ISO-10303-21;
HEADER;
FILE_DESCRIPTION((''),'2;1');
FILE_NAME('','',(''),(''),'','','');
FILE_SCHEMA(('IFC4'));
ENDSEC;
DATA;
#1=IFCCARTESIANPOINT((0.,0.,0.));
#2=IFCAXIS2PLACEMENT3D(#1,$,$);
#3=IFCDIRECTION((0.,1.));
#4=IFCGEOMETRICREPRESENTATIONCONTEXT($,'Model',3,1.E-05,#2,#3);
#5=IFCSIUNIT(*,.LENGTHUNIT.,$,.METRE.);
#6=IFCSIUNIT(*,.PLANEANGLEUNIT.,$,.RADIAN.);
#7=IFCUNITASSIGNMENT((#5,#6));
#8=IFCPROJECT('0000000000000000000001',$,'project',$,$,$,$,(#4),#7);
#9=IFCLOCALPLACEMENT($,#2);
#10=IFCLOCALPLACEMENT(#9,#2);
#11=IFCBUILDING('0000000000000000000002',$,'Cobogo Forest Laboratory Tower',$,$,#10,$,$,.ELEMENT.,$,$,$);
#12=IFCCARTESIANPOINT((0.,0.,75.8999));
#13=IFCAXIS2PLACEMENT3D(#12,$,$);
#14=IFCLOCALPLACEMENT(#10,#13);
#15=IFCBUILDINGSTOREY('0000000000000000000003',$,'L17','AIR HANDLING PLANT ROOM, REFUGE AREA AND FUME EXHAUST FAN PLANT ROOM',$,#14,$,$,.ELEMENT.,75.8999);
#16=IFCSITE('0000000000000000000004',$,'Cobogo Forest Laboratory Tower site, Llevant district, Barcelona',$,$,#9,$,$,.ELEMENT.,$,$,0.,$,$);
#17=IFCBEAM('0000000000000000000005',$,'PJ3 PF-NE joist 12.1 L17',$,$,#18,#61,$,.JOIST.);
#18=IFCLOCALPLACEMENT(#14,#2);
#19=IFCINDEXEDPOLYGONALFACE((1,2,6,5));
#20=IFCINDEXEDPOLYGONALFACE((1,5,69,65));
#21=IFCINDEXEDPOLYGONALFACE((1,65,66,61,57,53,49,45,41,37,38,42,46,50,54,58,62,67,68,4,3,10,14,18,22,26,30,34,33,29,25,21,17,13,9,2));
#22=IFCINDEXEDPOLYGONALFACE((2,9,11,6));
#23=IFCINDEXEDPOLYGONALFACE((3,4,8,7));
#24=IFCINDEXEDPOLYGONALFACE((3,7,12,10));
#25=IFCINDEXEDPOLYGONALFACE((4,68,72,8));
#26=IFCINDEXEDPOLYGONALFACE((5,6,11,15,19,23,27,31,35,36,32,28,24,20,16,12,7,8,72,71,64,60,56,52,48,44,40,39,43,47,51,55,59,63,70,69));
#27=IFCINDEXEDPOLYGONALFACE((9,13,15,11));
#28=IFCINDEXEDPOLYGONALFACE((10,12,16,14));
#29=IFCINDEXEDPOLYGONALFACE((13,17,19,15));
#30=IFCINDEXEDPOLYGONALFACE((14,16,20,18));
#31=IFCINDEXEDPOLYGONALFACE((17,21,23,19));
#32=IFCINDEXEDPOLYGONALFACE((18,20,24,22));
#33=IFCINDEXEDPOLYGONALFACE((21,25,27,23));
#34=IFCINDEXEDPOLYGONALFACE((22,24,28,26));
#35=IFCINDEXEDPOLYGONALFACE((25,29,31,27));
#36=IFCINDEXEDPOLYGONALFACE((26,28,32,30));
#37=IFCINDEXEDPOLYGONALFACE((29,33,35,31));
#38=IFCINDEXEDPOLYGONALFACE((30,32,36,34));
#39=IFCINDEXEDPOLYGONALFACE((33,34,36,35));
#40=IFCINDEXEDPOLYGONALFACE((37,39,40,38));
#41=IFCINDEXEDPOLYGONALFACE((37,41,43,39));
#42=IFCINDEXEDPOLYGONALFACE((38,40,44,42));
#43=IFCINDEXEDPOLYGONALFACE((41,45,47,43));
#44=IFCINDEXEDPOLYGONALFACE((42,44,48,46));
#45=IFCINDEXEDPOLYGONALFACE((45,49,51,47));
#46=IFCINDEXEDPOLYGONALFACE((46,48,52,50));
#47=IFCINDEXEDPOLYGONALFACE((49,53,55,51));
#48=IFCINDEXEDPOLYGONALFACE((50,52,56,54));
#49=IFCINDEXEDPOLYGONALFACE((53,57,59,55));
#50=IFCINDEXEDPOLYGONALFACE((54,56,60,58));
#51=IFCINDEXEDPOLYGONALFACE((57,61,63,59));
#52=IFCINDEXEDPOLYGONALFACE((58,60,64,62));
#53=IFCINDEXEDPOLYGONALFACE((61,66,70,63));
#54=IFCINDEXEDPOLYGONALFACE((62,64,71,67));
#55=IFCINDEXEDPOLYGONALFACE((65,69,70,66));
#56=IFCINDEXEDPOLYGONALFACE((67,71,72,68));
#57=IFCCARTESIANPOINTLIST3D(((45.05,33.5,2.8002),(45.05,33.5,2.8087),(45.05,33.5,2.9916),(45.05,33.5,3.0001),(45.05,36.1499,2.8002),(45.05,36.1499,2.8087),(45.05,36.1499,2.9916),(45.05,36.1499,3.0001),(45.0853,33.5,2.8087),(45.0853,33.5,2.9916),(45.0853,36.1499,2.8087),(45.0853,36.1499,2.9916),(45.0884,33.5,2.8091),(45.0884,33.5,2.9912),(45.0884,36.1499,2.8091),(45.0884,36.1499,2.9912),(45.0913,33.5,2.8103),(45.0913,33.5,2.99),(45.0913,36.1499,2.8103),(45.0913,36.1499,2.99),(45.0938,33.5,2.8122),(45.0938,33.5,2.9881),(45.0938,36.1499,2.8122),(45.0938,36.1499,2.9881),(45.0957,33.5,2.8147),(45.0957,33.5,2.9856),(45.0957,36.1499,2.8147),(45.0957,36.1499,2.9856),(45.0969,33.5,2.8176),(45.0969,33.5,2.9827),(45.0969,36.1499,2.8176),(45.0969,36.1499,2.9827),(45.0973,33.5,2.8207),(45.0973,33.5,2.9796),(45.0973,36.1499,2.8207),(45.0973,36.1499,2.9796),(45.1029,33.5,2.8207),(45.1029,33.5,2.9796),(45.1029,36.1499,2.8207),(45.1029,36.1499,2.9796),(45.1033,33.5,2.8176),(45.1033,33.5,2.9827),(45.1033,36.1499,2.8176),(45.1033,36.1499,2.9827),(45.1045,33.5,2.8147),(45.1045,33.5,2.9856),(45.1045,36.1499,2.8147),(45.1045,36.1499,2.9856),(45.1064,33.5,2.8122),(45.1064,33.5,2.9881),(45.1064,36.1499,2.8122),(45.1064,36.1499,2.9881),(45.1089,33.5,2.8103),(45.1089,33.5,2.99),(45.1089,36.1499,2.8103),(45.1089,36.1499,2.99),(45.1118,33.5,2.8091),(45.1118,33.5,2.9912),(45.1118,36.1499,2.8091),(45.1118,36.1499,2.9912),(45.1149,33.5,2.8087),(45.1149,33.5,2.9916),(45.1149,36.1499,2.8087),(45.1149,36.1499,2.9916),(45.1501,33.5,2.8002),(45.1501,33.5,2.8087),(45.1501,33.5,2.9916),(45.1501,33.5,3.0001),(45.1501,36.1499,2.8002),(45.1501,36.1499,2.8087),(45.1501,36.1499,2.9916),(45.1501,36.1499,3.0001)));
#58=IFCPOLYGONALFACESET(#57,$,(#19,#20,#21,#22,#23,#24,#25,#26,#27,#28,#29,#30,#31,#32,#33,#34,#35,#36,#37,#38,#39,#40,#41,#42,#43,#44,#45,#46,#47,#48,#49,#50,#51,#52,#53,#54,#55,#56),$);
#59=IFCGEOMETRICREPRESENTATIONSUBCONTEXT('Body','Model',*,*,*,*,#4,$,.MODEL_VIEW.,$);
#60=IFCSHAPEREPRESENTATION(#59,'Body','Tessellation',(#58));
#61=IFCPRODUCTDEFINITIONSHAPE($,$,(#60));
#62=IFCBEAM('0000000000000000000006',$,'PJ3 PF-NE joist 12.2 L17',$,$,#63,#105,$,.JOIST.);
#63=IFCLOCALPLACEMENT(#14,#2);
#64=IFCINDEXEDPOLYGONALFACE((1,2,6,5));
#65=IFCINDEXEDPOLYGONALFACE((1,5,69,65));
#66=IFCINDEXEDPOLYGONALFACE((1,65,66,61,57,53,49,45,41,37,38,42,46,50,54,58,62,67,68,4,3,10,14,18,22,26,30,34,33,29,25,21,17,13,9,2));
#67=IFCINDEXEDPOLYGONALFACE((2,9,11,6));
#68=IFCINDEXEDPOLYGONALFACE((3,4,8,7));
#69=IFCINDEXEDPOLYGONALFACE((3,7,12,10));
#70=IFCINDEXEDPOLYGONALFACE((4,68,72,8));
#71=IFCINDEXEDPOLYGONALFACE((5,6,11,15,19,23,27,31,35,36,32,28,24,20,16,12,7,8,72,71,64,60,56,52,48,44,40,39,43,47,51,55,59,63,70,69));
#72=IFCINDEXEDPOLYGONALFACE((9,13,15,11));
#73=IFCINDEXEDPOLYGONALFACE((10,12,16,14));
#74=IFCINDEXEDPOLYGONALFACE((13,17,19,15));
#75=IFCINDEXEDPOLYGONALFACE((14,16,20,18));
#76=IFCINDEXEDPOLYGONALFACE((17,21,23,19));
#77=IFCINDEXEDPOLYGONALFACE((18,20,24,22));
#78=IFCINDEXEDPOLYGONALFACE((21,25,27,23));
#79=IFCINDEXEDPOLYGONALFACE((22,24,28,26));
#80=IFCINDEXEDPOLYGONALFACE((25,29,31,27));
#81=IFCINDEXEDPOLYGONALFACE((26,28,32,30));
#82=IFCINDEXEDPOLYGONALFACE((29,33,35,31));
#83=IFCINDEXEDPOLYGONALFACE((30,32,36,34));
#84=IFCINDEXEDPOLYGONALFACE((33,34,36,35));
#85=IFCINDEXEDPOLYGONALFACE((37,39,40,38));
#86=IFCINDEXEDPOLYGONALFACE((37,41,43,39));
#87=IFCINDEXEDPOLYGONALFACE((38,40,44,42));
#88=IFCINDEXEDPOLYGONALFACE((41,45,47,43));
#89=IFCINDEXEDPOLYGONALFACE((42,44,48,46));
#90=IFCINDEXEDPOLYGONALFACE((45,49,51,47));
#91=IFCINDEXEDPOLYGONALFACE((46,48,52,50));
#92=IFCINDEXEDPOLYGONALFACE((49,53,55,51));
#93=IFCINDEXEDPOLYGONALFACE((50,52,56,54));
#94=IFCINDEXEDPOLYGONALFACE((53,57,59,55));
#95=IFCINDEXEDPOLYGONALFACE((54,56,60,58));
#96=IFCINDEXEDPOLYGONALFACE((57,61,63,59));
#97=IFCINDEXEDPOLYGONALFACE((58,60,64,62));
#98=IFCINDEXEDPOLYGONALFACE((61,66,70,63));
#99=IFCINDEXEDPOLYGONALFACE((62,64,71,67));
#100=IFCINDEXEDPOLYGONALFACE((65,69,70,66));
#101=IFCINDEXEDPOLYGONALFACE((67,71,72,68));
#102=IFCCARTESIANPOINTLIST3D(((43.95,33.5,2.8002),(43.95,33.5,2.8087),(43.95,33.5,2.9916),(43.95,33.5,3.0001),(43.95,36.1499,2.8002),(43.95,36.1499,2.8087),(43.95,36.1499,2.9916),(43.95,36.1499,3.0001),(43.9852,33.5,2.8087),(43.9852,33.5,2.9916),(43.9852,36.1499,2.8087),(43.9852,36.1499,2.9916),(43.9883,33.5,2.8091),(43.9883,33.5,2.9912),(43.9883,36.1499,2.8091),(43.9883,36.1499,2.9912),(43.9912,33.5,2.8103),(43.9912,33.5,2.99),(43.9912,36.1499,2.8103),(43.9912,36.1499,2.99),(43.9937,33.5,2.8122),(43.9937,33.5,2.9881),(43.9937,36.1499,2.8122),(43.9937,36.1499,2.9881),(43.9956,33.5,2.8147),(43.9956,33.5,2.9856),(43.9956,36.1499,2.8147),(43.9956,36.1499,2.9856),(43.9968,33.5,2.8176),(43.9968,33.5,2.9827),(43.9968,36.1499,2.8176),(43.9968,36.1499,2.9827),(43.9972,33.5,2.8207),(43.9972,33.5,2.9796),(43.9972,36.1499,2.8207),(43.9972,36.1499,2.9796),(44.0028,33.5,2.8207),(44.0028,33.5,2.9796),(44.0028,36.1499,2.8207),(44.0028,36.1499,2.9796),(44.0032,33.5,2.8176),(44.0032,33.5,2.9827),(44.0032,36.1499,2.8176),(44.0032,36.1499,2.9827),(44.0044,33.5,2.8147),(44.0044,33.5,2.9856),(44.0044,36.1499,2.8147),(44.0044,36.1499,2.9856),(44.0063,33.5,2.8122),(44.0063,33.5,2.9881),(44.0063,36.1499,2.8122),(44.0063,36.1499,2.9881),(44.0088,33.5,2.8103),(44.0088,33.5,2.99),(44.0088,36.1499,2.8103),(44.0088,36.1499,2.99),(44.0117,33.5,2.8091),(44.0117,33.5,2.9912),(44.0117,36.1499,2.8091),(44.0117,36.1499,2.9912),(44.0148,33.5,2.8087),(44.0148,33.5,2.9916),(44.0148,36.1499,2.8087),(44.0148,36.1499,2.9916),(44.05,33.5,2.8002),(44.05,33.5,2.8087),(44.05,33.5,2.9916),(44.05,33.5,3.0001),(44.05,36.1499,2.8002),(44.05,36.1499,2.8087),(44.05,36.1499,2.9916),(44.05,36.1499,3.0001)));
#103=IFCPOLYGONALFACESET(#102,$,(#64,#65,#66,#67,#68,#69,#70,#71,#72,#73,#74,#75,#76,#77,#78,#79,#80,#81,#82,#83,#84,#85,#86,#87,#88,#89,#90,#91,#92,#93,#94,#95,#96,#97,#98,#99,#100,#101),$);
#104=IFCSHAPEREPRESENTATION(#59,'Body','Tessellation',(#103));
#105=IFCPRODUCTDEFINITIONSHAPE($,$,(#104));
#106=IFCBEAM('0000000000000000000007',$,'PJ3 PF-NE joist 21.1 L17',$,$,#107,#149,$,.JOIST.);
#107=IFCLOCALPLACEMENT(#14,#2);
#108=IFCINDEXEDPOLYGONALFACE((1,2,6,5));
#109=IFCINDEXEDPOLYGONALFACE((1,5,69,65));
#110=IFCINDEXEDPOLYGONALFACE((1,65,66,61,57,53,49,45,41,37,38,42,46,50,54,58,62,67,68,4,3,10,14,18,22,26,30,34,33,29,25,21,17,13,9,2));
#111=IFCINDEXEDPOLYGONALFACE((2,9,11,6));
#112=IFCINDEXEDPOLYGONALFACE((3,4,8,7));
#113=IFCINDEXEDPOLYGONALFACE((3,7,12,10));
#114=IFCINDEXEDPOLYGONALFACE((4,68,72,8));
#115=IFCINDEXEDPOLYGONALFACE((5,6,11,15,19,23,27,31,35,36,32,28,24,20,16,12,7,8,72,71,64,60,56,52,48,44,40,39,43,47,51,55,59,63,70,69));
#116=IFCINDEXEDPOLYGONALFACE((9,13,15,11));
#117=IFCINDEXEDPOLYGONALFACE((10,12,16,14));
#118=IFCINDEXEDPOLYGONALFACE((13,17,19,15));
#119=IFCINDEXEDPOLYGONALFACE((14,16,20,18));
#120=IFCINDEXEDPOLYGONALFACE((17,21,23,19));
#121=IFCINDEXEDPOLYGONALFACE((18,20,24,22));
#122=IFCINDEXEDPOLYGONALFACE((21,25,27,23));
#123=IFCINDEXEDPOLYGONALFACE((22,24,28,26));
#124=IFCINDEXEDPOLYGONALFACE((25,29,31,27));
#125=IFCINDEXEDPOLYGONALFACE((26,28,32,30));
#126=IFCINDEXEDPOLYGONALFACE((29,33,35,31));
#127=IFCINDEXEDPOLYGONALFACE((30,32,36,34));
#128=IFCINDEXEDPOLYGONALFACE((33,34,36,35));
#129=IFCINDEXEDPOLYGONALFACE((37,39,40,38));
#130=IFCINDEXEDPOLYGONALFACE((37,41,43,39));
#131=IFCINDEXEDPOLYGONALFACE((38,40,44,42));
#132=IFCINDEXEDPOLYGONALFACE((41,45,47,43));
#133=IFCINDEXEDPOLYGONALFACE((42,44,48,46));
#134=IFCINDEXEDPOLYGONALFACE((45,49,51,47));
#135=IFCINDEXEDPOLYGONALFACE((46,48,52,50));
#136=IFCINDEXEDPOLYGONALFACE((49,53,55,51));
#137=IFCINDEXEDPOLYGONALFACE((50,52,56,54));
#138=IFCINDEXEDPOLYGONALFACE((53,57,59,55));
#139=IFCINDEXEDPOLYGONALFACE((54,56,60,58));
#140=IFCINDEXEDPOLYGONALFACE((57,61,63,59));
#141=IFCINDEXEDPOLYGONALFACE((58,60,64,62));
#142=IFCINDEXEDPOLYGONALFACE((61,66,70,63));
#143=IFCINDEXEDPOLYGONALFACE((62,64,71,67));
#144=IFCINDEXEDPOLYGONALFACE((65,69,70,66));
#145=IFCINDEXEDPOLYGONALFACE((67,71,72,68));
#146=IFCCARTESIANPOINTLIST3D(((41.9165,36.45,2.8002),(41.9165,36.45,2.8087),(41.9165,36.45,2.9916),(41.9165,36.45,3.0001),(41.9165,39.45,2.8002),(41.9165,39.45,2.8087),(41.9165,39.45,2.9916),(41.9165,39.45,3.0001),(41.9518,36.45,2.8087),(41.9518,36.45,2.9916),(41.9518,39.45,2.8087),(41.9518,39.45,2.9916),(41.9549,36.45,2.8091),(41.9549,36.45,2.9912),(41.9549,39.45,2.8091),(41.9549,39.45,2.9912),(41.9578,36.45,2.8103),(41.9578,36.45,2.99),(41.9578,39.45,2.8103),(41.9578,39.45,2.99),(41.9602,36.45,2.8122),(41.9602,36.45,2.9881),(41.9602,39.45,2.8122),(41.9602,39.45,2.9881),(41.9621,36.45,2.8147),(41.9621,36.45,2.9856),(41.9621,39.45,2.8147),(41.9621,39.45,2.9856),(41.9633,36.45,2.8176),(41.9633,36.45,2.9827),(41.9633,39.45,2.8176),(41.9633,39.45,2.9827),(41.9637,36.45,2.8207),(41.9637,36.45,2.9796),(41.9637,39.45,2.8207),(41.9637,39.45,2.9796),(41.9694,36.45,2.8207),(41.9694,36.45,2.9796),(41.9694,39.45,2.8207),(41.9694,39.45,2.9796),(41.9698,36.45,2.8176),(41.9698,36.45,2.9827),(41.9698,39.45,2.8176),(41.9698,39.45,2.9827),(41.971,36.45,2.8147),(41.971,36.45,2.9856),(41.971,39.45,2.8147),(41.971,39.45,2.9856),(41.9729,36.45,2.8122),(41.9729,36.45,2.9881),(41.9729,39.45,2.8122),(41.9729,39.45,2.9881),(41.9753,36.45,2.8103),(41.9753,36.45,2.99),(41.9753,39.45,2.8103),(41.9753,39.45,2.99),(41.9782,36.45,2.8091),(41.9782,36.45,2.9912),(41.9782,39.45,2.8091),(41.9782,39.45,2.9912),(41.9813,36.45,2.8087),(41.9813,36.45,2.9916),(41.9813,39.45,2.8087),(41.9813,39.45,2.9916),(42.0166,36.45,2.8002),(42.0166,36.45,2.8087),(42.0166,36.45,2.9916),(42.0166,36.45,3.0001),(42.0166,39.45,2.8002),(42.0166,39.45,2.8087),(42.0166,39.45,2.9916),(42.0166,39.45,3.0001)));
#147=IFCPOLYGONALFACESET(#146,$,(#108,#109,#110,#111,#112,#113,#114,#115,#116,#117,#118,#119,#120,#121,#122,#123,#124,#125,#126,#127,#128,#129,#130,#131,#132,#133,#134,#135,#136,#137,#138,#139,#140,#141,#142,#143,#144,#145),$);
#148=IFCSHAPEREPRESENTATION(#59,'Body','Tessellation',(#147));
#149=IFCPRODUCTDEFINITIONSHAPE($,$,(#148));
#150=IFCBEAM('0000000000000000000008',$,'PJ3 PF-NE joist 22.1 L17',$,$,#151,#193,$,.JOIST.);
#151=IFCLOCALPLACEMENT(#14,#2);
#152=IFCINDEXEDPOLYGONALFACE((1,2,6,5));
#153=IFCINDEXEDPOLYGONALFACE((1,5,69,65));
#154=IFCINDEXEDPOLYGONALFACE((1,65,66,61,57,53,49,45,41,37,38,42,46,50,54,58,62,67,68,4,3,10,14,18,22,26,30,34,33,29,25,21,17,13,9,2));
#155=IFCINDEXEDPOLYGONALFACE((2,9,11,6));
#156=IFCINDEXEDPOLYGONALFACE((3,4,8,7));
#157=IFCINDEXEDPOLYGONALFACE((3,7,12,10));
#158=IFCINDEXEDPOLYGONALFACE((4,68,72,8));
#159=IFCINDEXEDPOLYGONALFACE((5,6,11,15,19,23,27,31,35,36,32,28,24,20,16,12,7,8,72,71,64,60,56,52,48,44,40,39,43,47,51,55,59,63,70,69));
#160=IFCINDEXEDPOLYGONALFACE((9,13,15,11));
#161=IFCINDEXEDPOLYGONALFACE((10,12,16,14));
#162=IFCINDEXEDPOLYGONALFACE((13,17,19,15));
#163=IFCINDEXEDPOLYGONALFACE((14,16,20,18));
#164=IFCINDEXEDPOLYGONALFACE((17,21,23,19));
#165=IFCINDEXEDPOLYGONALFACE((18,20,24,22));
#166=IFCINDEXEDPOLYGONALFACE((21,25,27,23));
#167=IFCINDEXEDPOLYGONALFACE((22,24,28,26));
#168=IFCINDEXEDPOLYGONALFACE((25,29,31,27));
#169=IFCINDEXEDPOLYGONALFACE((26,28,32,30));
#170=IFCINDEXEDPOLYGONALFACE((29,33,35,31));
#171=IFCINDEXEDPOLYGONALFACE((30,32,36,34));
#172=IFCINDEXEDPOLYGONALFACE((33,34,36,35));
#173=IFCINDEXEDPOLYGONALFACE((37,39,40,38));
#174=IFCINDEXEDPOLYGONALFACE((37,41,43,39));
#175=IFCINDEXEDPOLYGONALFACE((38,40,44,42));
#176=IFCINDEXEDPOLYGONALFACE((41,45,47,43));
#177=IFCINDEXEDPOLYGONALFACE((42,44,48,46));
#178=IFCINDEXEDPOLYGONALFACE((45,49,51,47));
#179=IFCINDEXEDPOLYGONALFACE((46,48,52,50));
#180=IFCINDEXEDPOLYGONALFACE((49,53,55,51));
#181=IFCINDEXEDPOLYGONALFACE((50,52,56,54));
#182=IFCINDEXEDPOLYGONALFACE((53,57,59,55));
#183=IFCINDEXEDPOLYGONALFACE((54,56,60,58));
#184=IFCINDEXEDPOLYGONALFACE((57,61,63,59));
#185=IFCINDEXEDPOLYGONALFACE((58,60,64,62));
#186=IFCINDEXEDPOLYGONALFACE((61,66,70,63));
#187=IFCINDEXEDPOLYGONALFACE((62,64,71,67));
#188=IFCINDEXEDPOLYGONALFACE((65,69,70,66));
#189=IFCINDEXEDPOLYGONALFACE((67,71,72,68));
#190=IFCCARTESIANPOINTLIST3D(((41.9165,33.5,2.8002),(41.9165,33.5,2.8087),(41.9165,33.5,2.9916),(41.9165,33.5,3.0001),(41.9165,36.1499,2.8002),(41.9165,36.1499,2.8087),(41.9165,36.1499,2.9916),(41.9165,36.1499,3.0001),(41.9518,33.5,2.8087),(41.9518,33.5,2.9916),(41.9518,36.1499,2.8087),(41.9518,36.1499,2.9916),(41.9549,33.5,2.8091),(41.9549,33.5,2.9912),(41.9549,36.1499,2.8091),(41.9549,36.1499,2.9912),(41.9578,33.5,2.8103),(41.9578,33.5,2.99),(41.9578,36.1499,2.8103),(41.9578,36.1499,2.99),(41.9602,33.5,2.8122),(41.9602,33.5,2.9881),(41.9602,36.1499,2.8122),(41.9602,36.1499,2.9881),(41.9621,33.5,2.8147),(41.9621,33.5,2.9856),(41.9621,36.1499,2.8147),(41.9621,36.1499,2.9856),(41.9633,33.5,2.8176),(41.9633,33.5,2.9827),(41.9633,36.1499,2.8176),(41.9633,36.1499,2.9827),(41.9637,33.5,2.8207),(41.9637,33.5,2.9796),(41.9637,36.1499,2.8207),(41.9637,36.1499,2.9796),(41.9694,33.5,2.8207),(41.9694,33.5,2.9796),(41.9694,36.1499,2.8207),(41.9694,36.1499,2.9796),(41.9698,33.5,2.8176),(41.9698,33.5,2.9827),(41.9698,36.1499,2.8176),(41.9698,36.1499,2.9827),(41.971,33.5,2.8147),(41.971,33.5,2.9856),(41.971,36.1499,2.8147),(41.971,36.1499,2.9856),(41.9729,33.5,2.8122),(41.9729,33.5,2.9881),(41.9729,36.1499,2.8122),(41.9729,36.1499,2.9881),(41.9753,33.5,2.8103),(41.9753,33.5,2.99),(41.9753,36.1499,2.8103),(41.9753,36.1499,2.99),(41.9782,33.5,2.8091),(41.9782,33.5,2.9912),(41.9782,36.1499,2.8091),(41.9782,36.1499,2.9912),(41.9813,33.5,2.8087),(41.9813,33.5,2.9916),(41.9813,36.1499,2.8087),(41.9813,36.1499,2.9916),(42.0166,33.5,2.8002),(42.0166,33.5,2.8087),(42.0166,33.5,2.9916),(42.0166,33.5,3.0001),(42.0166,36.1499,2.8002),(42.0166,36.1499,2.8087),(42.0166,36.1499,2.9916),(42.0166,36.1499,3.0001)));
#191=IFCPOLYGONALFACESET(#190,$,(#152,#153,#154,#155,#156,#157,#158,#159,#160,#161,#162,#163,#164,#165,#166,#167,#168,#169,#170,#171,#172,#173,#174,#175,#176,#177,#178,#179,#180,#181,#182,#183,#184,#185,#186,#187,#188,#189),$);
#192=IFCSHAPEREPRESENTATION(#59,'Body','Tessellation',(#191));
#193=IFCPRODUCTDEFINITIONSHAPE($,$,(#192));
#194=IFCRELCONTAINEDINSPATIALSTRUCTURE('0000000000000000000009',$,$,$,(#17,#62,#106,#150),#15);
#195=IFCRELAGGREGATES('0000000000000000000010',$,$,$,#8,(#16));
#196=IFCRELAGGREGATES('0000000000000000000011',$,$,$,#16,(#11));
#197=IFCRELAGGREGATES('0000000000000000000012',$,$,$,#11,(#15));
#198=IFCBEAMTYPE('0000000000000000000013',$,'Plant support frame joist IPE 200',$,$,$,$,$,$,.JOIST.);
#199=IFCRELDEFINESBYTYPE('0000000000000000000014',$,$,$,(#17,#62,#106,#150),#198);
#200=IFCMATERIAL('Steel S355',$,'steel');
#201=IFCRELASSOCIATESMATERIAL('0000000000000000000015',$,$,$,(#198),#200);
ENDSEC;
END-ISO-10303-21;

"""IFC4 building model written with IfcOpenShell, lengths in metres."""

from ifc_helpers import new_model, si_unit, direction, frame, origin, origin_2d, place, context, subcontext, project, spatial, i_section, extrude, material, material_profile, profile_set, type_object, element, save


model = new_model("IFC4")

# Units and contexts
model_context = context("Model", 3, precision=1e-05, world=origin(), true_north=direction((0.0, 1.0)))
body_context = subcontext(model_context, "Body", "Model", "MODEL_VIEW")
ifc_project = project(units=[si_unit("LENGTHUNIT", "METRE"), si_unit("PLANEANGLEUNIT", "RADIAN")], contexts=[model_context])

# Site, building, storey
site_placement = place(None, origin())
site = spatial("IfcSite", under=ifc_project, at=site_placement, Name="Cobogo Forest Laboratory Tower site, Llevant district, Barcelona", CompositionType="ELEMENT", RefElevation=0.0)
building_placement = place(site_placement, origin())
building = spatial("IfcBuilding", under=site, at=building_placement, Name="Cobogo Forest Laboratory Tower", CompositionType="ELEMENT")
storey_placement = place(building_placement, frame((0.0, 0.0, 75.8999)))
storey = spatial("IfcBuildingStorey", under=building, at=storey_placement, Name="L17", Description="AIR HANDLING PLANT ROOM, REFUGE AREA AND FUME EXHAUST FAN PLANT ROOM", CompositionType="ELEMENT", Elevation=75.8999)

# Shared definitions
ifc_material_1 = material(Name="Steel S355", Category="steel")

# Beams
ifc_material_profile_1 = material_profile(ifc_material_1, i_section(OverallWidth=0.1001, OverallDepth=0.2, WebThickness=0.0056, FlangeThickness=0.0085, FilletRadius=0.012, at=origin_2d()), Name="IPE 200")
ifc_profile_set_1 = profile_set([ifc_material_profile_1], Name="Steel S355")
beam_type_1 = type_object("IfcBeamType", Name="Plant support frame joist IPE 200", PredefinedType="JOIST", material=ifc_profile_set_1)
for number, where, z_axis, x_axis, name in (
    (1, (45.1001, 36.1499, 2.9001), (0.0, -1.0, 0.0), (1.0, 0.0, 0.0), "PJ3 PF-NE joist 12.1 L17"),
    (2, (44.0, 36.1499, 2.9001), (0.0, -1.0, 0.0), (1.0, 0.0, 0.0), "PJ3 PF-NE joist 12.2 L17"),
):
    element("IfcBeam", number, at=place(storey_placement, frame(where, z_axis=z_axis, x_axis=x_axis)), inside=storey, type_object=beam_type_1, Name=name, PredefinedType="JOIST", context=body_context, shape_type="SweptSolid", body=[
        extrude(i_section(OverallWidth=0.1001, OverallDepth=0.2, WebThickness=0.0056, FlangeThickness=0.0085, FilletRadius=0.012, at=origin_2d()), origin(), (0.0, 0.0, 1.0), 2.6499),
    ])
beam_1_placement = place(storey_placement, frame((41.9666, 39.45, 2.9001), z_axis=(0.0, -1.0, 0.0), x_axis=(1.0, 0.0, 0.0)))
element("IfcBeam", 3, at=beam_1_placement, inside=storey, type_object=beam_type_1, Name="PJ3 PF-NE joist 21.1 L17", PredefinedType="JOIST", context=body_context, shape_type="SweptSolid", body=[
    extrude(i_section(OverallWidth=0.1001, OverallDepth=0.2, WebThickness=0.0056, FlangeThickness=0.0085, FilletRadius=0.012, at=origin_2d()), origin(), (0.0, 0.0, 1.0), 3.0),
])
beam_2_placement = place(storey_placement, frame((41.9666, 36.1499, 2.9001), z_axis=(0.0, -1.0, 0.0), x_axis=(1.0, 0.0, 0.0)))
element("IfcBeam", 4, at=beam_2_placement, inside=storey, type_object=beam_type_1, Name="PJ3 PF-NE joist 22.1 L17", PredefinedType="JOIST", context=body_context, shape_type="SweptSolid", body=[
    extrude(i_section(OverallWidth=0.1001, OverallDepth=0.2, WebThickness=0.0056, FlangeThickness=0.0085, FilletRadius=0.012, at=origin_2d()), origin(), (0.0, 0.0, 1.0), 2.6499),
])

save(model, "model.ifc")
